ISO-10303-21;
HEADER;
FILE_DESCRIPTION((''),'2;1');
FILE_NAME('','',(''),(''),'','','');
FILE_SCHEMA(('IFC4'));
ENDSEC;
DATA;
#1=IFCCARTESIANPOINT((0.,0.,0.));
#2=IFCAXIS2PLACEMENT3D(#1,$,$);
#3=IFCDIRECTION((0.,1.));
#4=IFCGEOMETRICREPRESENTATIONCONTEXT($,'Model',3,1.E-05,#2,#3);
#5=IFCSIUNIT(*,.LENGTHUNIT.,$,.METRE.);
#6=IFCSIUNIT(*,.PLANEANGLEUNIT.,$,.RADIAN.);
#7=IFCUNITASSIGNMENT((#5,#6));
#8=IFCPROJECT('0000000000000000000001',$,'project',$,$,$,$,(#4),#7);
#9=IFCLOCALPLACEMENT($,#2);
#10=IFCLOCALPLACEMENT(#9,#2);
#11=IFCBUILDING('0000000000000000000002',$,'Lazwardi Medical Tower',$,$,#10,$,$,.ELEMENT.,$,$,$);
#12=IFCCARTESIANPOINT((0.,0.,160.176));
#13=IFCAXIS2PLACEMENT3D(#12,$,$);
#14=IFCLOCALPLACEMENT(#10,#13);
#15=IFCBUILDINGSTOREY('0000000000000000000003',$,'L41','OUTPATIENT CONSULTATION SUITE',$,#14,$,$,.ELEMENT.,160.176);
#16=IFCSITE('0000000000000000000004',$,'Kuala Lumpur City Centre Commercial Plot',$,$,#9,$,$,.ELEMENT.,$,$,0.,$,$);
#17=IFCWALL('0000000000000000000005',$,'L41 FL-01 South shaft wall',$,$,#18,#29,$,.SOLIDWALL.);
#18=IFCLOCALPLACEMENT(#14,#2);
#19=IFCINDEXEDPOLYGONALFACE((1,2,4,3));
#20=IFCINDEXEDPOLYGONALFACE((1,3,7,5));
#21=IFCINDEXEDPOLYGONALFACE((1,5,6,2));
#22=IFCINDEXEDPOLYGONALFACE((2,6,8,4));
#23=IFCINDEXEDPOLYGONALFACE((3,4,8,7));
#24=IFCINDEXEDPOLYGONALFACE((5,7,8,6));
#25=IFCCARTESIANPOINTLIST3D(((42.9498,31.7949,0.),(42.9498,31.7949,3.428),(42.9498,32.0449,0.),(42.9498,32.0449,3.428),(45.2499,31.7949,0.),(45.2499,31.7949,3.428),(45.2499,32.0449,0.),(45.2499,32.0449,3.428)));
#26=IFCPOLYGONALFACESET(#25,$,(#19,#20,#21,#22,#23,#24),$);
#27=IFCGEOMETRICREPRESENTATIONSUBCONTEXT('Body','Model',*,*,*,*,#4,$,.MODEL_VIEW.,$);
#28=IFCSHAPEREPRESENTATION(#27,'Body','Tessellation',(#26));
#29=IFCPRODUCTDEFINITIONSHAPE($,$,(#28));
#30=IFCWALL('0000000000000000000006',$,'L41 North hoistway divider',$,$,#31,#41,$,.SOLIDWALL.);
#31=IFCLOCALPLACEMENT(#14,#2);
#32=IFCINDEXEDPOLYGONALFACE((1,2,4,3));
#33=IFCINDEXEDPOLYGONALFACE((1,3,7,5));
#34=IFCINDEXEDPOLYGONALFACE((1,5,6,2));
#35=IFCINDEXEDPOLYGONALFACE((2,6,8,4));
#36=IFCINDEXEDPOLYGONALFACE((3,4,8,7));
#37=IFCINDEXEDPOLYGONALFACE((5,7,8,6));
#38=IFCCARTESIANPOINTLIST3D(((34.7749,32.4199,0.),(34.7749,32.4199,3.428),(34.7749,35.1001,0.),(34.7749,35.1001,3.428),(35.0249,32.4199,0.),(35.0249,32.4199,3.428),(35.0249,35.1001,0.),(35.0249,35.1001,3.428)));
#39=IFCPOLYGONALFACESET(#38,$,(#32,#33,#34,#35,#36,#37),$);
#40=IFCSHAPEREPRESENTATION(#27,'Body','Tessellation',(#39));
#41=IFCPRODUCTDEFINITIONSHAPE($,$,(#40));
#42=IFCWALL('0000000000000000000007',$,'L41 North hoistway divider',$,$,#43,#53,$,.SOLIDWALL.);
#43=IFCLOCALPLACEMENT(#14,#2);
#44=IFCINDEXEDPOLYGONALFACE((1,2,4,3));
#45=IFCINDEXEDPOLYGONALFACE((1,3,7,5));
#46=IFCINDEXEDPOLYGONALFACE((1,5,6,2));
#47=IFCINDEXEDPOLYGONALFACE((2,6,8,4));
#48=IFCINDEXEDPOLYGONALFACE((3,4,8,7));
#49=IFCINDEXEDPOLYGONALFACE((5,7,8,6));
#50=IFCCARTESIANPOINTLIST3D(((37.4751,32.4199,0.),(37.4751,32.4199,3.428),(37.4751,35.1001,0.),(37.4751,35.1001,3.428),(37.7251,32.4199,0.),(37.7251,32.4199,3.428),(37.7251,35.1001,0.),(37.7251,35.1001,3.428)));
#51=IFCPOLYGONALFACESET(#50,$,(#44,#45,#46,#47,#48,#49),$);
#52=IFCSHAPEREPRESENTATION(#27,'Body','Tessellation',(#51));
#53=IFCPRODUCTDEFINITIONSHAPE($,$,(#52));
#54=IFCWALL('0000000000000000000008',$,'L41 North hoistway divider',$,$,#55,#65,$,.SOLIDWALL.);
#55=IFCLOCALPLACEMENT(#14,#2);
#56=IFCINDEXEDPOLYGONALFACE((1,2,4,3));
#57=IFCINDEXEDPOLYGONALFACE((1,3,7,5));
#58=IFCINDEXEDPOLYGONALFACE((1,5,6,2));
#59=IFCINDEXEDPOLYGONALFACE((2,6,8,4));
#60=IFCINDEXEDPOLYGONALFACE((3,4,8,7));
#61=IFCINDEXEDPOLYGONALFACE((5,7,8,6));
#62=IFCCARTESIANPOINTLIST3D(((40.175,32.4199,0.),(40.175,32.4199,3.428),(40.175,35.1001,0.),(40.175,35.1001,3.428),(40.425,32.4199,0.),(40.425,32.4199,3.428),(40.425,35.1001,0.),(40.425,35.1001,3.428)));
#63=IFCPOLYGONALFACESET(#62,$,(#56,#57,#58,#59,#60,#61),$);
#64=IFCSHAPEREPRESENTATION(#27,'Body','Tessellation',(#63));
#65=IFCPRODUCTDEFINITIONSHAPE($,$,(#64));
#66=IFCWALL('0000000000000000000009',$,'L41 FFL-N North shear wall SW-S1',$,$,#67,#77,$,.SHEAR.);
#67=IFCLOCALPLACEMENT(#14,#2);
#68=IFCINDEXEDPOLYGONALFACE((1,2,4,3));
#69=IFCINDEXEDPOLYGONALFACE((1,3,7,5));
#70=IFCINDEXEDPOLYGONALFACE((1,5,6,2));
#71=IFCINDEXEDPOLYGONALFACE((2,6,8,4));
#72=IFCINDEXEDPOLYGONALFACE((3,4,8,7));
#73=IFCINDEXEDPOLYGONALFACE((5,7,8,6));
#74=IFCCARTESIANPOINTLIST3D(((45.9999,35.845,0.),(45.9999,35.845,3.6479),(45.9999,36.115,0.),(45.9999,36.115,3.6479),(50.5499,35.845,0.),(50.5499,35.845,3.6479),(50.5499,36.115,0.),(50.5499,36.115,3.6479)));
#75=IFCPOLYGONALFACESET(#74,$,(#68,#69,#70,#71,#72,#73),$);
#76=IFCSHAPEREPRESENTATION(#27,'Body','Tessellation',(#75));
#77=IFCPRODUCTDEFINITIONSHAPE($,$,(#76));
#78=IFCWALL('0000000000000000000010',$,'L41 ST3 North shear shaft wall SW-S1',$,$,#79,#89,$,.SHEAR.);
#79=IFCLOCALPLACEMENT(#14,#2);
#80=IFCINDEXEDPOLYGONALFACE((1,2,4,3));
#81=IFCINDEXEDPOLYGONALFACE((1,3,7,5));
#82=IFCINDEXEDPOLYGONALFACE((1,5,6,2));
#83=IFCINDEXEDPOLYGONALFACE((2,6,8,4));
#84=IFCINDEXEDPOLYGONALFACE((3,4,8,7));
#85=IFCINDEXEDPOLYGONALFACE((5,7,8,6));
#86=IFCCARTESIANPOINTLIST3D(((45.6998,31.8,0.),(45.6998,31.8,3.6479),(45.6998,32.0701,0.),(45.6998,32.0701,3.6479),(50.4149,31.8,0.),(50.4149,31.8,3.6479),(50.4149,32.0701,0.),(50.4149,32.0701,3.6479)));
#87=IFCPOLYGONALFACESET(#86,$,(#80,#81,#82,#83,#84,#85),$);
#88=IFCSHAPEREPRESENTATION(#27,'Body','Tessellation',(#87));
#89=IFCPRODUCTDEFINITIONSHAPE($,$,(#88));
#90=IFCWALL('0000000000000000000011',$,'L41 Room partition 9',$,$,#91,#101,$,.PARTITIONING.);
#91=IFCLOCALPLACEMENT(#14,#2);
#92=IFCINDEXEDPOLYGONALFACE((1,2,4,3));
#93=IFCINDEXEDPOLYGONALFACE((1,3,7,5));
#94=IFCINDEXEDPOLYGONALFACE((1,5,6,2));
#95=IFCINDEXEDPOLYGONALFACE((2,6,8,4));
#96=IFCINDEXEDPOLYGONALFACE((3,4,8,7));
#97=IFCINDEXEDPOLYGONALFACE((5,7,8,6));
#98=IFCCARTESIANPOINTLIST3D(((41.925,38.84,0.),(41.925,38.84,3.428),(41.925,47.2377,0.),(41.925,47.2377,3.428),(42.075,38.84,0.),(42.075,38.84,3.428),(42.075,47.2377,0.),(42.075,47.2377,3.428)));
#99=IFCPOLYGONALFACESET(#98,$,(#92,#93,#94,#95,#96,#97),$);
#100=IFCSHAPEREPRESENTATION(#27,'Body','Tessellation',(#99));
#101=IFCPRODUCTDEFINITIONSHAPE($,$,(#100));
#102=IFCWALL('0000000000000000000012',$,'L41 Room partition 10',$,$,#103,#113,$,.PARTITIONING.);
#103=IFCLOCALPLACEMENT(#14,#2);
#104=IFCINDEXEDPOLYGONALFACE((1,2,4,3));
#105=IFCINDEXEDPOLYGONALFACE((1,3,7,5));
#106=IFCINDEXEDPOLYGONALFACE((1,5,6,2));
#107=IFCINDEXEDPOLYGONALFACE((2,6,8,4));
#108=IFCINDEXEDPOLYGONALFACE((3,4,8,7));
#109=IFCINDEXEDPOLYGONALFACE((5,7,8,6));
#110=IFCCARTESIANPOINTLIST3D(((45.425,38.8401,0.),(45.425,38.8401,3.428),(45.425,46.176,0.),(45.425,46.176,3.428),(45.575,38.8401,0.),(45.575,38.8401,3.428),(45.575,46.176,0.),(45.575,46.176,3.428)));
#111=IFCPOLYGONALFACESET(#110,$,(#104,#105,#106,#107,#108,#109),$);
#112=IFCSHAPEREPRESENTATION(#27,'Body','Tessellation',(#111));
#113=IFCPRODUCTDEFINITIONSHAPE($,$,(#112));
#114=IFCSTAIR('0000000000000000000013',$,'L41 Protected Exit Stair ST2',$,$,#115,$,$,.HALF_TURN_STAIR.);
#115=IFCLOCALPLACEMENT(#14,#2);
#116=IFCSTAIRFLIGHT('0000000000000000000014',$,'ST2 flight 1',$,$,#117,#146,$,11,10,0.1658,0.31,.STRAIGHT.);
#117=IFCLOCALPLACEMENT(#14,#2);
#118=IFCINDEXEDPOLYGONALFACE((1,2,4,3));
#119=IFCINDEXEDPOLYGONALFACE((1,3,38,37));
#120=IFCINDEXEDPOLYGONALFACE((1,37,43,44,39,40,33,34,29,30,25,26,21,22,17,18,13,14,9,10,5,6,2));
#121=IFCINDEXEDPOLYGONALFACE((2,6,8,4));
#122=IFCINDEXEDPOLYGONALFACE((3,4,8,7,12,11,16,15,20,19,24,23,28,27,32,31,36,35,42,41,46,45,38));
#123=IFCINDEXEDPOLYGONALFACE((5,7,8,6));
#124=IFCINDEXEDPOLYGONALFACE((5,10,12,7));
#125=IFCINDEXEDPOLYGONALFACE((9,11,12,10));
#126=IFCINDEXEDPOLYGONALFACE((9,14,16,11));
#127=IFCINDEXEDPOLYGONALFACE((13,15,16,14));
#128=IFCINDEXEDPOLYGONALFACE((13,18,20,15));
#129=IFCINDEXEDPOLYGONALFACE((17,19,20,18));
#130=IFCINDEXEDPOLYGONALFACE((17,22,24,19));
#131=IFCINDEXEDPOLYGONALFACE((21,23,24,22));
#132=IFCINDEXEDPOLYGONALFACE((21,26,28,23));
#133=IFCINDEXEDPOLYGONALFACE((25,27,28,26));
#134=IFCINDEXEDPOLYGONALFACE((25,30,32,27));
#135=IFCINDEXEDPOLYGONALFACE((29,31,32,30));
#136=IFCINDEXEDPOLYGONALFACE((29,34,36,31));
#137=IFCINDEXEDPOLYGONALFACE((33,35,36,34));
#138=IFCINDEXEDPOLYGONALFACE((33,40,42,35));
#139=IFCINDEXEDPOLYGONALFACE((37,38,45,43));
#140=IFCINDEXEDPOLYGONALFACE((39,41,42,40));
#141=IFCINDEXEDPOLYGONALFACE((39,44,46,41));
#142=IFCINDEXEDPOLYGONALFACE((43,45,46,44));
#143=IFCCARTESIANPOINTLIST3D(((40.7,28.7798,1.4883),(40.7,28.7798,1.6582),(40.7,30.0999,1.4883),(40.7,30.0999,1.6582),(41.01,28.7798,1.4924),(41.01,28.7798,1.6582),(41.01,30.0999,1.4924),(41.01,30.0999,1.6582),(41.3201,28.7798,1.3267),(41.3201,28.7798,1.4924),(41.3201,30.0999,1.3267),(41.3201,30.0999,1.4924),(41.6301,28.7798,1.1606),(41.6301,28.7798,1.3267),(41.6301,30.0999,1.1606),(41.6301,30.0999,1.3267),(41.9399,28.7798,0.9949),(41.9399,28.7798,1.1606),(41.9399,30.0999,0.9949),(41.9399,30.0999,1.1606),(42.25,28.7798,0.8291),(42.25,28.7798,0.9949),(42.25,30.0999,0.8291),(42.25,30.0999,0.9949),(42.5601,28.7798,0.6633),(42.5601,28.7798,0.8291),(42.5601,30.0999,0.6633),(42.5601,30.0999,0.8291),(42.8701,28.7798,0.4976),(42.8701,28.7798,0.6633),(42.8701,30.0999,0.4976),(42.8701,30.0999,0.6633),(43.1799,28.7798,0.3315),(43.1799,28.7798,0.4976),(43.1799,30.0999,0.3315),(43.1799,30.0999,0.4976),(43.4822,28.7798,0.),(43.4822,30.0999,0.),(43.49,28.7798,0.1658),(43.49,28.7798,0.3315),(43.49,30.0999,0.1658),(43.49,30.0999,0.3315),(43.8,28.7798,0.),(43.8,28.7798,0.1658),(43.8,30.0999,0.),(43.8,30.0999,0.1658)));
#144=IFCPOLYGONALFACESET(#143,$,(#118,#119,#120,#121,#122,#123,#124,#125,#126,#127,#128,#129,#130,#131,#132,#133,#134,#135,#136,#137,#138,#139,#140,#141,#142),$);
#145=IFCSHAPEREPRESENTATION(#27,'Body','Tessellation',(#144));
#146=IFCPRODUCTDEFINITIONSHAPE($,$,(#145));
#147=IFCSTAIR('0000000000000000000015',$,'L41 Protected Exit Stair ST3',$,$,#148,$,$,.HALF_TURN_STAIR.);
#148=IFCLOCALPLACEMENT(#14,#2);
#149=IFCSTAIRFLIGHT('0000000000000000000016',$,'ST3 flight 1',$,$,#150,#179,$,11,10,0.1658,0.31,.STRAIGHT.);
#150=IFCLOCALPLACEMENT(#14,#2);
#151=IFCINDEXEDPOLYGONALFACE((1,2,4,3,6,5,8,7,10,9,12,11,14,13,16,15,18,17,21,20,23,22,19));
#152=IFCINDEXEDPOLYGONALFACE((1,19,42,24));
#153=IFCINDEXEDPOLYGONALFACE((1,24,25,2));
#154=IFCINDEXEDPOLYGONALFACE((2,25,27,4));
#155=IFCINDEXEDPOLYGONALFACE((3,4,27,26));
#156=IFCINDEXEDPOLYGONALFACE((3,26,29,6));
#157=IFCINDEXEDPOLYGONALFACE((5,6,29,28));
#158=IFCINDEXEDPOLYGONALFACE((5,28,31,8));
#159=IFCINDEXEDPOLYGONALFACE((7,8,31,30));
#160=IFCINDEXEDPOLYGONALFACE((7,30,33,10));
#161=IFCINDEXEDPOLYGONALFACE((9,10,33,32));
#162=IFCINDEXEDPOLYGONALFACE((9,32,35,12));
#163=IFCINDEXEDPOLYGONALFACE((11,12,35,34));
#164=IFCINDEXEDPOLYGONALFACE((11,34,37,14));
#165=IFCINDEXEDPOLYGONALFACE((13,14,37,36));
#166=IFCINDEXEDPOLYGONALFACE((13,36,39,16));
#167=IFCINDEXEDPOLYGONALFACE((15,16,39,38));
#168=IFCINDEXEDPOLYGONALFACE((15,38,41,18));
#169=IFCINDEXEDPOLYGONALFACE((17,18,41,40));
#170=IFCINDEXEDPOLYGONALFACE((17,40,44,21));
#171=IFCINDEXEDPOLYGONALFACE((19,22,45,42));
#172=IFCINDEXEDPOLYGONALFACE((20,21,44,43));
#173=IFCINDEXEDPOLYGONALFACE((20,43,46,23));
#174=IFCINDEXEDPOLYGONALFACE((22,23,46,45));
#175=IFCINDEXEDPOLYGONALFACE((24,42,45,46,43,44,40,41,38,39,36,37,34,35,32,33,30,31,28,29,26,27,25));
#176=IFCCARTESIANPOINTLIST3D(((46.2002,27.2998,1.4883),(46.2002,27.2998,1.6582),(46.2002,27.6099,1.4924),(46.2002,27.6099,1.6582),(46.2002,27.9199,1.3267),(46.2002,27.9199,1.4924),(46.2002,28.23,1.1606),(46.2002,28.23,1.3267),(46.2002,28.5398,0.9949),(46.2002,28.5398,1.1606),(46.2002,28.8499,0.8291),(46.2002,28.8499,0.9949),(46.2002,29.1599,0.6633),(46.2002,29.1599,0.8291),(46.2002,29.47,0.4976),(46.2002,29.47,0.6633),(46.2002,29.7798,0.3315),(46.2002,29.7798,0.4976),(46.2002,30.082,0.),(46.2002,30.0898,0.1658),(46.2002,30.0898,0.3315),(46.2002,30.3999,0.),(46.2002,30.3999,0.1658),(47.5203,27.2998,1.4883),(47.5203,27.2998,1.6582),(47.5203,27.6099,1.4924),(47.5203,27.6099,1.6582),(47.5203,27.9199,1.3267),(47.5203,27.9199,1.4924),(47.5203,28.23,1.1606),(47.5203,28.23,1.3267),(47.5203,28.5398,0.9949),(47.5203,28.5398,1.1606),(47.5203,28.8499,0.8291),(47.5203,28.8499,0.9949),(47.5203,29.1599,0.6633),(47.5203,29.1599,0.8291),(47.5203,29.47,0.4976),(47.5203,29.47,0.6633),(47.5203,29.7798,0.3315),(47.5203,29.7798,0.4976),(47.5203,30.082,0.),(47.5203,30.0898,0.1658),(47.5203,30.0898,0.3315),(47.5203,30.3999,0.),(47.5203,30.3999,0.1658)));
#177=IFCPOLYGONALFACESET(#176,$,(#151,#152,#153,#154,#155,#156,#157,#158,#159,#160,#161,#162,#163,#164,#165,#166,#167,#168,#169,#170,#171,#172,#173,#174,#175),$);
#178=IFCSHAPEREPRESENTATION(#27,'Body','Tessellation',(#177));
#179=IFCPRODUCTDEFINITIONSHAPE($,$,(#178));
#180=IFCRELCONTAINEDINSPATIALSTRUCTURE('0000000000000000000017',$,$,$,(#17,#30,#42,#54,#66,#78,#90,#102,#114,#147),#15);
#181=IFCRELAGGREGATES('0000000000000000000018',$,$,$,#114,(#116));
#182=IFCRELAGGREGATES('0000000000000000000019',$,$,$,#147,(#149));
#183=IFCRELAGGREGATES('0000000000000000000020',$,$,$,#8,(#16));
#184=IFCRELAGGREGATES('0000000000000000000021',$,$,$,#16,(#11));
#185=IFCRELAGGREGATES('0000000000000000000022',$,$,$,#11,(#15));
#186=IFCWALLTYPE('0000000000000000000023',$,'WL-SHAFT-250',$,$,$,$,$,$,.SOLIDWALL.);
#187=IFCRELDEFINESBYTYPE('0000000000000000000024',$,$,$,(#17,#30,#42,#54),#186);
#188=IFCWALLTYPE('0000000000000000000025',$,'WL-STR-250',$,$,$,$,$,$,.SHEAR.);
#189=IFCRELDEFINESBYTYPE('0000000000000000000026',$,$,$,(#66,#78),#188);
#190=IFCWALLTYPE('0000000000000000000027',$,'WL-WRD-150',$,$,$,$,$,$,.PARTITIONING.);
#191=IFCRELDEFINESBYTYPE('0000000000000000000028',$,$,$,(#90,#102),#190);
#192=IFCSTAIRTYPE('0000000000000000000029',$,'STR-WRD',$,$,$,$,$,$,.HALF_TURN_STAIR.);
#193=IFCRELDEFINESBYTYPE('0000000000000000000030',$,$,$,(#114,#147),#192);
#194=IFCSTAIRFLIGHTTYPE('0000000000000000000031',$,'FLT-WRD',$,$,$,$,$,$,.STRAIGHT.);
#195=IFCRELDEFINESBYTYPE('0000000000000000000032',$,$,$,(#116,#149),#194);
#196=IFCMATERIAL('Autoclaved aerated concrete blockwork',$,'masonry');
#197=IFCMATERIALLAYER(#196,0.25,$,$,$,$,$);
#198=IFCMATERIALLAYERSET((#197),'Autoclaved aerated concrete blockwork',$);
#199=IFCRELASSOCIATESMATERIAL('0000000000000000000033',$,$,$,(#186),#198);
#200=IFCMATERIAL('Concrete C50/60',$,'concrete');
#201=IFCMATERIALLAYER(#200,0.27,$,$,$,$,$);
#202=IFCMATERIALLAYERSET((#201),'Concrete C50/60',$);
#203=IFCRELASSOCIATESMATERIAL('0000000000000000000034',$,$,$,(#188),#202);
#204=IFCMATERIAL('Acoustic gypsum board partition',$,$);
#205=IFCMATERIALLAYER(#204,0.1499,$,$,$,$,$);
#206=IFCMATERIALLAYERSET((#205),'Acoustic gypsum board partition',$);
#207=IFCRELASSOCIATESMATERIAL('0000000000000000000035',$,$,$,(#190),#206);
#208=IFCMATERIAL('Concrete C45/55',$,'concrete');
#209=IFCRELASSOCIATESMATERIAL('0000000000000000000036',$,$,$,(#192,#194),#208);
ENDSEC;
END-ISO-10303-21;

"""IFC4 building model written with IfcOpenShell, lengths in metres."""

from ifc_helpers import new_model, si_unit, direction, frame, frame_2d, origin, place, context, subcontext, project, spatial, polyline, rectangle, outline, extrude, material, layer, layer_set, type_object, element, aggregate, save


model = new_model("IFC4")

# Units and contexts
model_context = context("Model", 3, precision=1e-05, world=origin(), true_north=direction((0.0, 1.0)))
body_context = subcontext(model_context, "Body", "Model", "MODEL_VIEW")
ifc_project = project(units=[si_unit("LENGTHUNIT", "METRE"), si_unit("PLANEANGLEUNIT", "RADIAN")], contexts=[model_context])

# Site, building, storey
site_placement = place(None, origin())
site = spatial("IfcSite", under=ifc_project, at=site_placement, Name="Kuala Lumpur City Centre Commercial Plot", CompositionType="ELEMENT", RefElevation=0.0)
building_placement = place(site_placement, origin())
building = spatial("IfcBuilding", under=site, at=building_placement, Name="Lazwardi Medical Tower", CompositionType="ELEMENT")
storey_placement = place(building_placement, frame((0.0, 0.0, 160.176)))
storey = spatial("IfcBuildingStorey", under=building, at=storey_placement, Name="L41", Description="OUTPATIENT CONSULTATION SUITE", CompositionType="ELEMENT", Elevation=160.176)

# Walls
ifc_material_1 = material(Name="Autoclaved aerated concrete blockwork", Category="masonry")
ifc_layer_1 = layer(ifc_material_1, 0.25)
ifc_layer_set_1 = layer_set([ifc_layer_1], Name="Autoclaved aerated concrete blockwork")
wall_type_1 = type_object("IfcWallType", Name="WL-SHAFT-250", PredefinedType="SOLIDWALL", material=ifc_layer_set_1)
wall_1_placement = place(storey_placement, frame((42.95, 31.9199, 0.0), z_axis=(0.0, 0.0, 1.0), x_axis=(1.0, 0.0, 0.0)))
element("IfcWall", 1, at=wall_1_placement, inside=storey, type_object=wall_type_1, Name="L41 FL-01 South shaft wall", PredefinedType="SOLIDWALL", context=body_context, shape_type="SweptSolid", body=[
    extrude(rectangle(XDim=2.3, YDim=0.25, at=frame_2d((1.1499, 0.0))), origin(), (0.0, 0.0, 1.0), 3.428),
])
for number, where, z_axis, x_axis, name in (
    (2, (34.8999, 32.4199, 0.0), (0.0, 0.0, 1.0), (0.0, 1.0, 0.0), "L41 North hoistway divider"),
    (3, (37.6001, 32.4199, 0.0), (0.0, 0.0, 1.0), (0.0, 1.0, 0.0), "L41 North hoistway divider"),
    (4, (40.3, 32.4199, 0.0), (0.0, 0.0, 1.0), (0.0, 1.0, 0.0), "L41 North hoistway divider"),
):
    element("IfcWall", number, at=place(storey_placement, frame(where, z_axis=z_axis, x_axis=x_axis)), inside=storey, type_object=wall_type_1, Name=name, PredefinedType="SOLIDWALL", context=body_context, shape_type="SweptSolid", body=[
        extrude(rectangle(XDim=2.6802, YDim=0.25, at=frame_2d((1.3401, 0.0))), origin(), (0.0, 0.0, 1.0), 3.428),
    ])

# Shared definitions
ifc_material_2 = material(Name="Concrete C50/60", Category="concrete")
ifc_layer_2 = layer(ifc_material_2, 0.27)
ifc_layer_set_2 = layer_set([ifc_layer_2], Name="Concrete C50/60")
wall_type_2 = type_object("IfcWallType", Name="WL-STR-250", PredefinedType="SHEAR", material=ifc_layer_set_2)

# Walls
wall_2_placement = place(storey_placement, frame((46.0, 35.98, 0.0), z_axis=(0.0, 0.0, 1.0), x_axis=(1.0, 0.0, 0.0)))
element("IfcWall", 5, at=wall_2_placement, inside=storey, type_object=wall_type_2, Name="L41 FFL-N North shear wall SW-S1", PredefinedType="SHEAR", context=body_context, shape_type="SweptSolid", body=[
    extrude(rectangle(XDim=4.55, YDim=0.27, at=frame_2d((2.2749, 0.0))), origin(), (0.0, 0.0, 1.0), 3.6479),
])
wall_3_placement = place(storey_placement, frame((45.7, 31.9351, 0.0), z_axis=(0.0, 0.0, 1.0), x_axis=(1.0, 0.0, 0.0)))
element("IfcWall", 6, at=wall_3_placement, inside=storey, type_object=wall_type_2, Name="L41 ST3 North shear shaft wall SW-S1", PredefinedType="SHEAR", context=body_context, shape_type="SweptSolid", body=[
    extrude(rectangle(XDim=4.7151, YDim=0.27, at=frame_2d((2.3574, 0.0))), origin(), (0.0, 0.0, 1.0), 3.6479),
])
ifc_material_3 = material(Name="Acoustic gypsum board partition")
ifc_layer_3 = layer(ifc_material_3, 0.1499)
ifc_layer_set_3 = layer_set([ifc_layer_3], Name="Acoustic gypsum board partition")
wall_type_3 = type_object("IfcWallType", Name="WL-WRD-150", PredefinedType="PARTITIONING", material=ifc_layer_set_3)
wall_4_placement = place(storey_placement, frame((42.0, 38.8401, 0.0), z_axis=(0.0, 0.0, 1.0), x_axis=(0.0, 1.0, 0.0)))
element("IfcWall", 7, at=wall_4_placement, inside=storey, type_object=wall_type_3, Name="L41 Room partition 9", PredefinedType="PARTITIONING", context=body_context, shape_type="SweptSolid", body=[
    extrude(rectangle(XDim=8.3977, YDim=0.1499, at=frame_2d((4.1987, 0.0))), origin(), (0.0, 0.0, 1.0), 3.428),
])
wall_5_placement = place(storey_placement, frame((45.5, 38.8401, 0.0), z_axis=(0.0, 0.0, 1.0), x_axis=(0.0, 1.0, 0.0)))
element("IfcWall", 8, at=wall_5_placement, inside=storey, type_object=wall_type_3, Name="L41 Room partition 10", PredefinedType="PARTITIONING", context=body_context, shape_type="SweptSolid", body=[
    extrude(rectangle(XDim=7.3359, YDim=0.1499, at=frame_2d((3.668, 0.0))), origin(), (0.0, 0.0, 1.0), 3.428),
])

# Stairs, stair flights
ifc_material_4 = material(Name="Concrete C45/55", Category="concrete")
stair_type = type_object("IfcStairType", Name="STR-WRD", PredefinedType="HALF_TURN_STAIR", material=ifc_material_4)
stair_1_placement = place(storey_placement, origin())
stair_1 = element("IfcStair", 9, at=stair_1_placement, inside=storey, type_object=stair_type, Name="L41 Protected Exit Stair ST2", PredefinedType="HALF_TURN_STAIR")
stair_flight_type = type_object("IfcStairFlightType", Name="FLT-WRD", PredefinedType="STRAIGHT", material=ifc_material_4)
stair_flight_1_placement = place(storey_placement, frame((43.8, 29.4399, 0.0), z_axis=(0.0, 0.0, 1.0), x_axis=(-1.0, 0.0, 0.0)))
stair_flight_1 = element("IfcStairFlight", 10, at=stair_flight_1_placement, type_object=stair_flight_type, Name="ST2 flight 1", NumberOfRisers=11, NumberOfTreads=10, PredefinedType="STRAIGHT", RiserHeight=0.1658, TreadLength=0.31, context=body_context, shape_type="SweptSolid", body=[
    extrude(outline(polyline([(0.0, 0.0), (0.0, 0.1658), (0.3101, 0.1658), (0.3101, 0.3315), (0.6201, 0.3315), (0.6201, 0.4976), (0.9299, 0.4976), (0.9299, 0.6633), (1.24, 0.6633), (1.24, 0.8291), (1.55, 0.8291), (1.55, 0.9949), (1.8601, 0.9949), (1.8601, 1.1606), (2.1699, 1.1606), (2.1699, 1.3267), (2.48, 1.3267), (2.48, 1.4924), (2.79, 1.4924), (2.79, 1.6582), (3.1001, 1.6582), (3.1001, 1.824), (3.1001, 1.4883), (0.3179, 0.0), (0.0, 0.0)])), frame((0.0, 0.6602, 0.0), z_axis=(0.0, -1.0, 0.0), x_axis=(1.0, 0.0, 0.0)), (0.0, 0.0, 1.0), 1.3201),
])
aggregate(stair_1, [stair_flight_1])
stair_2_placement = place(storey_placement, origin())
stair_2 = element("IfcStair", 11, at=stair_2_placement, inside=storey, type_object=stair_type, Name="L41 Protected Exit Stair ST3", PredefinedType="HALF_TURN_STAIR")
stair_flight_2_placement = place(storey_placement, frame((46.8601, 30.3999, 0.0), z_axis=(0.0, 0.0, 1.0), x_axis=(0.0, -1.0, 0.0)))
stair_flight_2 = element("IfcStairFlight", 12, at=stair_flight_2_placement, type_object=stair_flight_type, Name="ST3 flight 1", NumberOfRisers=11, NumberOfTreads=10, PredefinedType="STRAIGHT", RiserHeight=0.1658, TreadLength=0.31, context=body_context, shape_type="SweptSolid", body=[
    extrude(outline(polyline([(0.0, 0.0), (0.0, 0.1658), (0.3101, 0.1658), (0.3101, 0.3315), (0.6201, 0.3315), (0.6201, 0.4976), (0.9299, 0.4976), (0.9299, 0.6633), (1.24, 0.6633), (1.24, 0.8291), (1.55, 0.8291), (1.55, 0.9949), (1.8601, 0.9949), (1.8601, 1.1606), (2.1699, 1.1606), (2.1699, 1.3267), (2.48, 1.3267), (2.48, 1.4924), (2.79, 1.4924), (2.79, 1.6582), (3.1001, 1.6582), (3.1001, 1.824), (3.1001, 1.4883), (0.3179, 0.0), (0.0, 0.0)])), frame((0.0, 0.6602, 0.0), z_axis=(0.0, -1.0, 0.0), x_axis=(1.0, 0.0, 0.0)), (0.0, 0.0, 1.0), 1.3201),
])
aggregate(stair_2, [stair_flight_2])

save(model, "model.ifc")
